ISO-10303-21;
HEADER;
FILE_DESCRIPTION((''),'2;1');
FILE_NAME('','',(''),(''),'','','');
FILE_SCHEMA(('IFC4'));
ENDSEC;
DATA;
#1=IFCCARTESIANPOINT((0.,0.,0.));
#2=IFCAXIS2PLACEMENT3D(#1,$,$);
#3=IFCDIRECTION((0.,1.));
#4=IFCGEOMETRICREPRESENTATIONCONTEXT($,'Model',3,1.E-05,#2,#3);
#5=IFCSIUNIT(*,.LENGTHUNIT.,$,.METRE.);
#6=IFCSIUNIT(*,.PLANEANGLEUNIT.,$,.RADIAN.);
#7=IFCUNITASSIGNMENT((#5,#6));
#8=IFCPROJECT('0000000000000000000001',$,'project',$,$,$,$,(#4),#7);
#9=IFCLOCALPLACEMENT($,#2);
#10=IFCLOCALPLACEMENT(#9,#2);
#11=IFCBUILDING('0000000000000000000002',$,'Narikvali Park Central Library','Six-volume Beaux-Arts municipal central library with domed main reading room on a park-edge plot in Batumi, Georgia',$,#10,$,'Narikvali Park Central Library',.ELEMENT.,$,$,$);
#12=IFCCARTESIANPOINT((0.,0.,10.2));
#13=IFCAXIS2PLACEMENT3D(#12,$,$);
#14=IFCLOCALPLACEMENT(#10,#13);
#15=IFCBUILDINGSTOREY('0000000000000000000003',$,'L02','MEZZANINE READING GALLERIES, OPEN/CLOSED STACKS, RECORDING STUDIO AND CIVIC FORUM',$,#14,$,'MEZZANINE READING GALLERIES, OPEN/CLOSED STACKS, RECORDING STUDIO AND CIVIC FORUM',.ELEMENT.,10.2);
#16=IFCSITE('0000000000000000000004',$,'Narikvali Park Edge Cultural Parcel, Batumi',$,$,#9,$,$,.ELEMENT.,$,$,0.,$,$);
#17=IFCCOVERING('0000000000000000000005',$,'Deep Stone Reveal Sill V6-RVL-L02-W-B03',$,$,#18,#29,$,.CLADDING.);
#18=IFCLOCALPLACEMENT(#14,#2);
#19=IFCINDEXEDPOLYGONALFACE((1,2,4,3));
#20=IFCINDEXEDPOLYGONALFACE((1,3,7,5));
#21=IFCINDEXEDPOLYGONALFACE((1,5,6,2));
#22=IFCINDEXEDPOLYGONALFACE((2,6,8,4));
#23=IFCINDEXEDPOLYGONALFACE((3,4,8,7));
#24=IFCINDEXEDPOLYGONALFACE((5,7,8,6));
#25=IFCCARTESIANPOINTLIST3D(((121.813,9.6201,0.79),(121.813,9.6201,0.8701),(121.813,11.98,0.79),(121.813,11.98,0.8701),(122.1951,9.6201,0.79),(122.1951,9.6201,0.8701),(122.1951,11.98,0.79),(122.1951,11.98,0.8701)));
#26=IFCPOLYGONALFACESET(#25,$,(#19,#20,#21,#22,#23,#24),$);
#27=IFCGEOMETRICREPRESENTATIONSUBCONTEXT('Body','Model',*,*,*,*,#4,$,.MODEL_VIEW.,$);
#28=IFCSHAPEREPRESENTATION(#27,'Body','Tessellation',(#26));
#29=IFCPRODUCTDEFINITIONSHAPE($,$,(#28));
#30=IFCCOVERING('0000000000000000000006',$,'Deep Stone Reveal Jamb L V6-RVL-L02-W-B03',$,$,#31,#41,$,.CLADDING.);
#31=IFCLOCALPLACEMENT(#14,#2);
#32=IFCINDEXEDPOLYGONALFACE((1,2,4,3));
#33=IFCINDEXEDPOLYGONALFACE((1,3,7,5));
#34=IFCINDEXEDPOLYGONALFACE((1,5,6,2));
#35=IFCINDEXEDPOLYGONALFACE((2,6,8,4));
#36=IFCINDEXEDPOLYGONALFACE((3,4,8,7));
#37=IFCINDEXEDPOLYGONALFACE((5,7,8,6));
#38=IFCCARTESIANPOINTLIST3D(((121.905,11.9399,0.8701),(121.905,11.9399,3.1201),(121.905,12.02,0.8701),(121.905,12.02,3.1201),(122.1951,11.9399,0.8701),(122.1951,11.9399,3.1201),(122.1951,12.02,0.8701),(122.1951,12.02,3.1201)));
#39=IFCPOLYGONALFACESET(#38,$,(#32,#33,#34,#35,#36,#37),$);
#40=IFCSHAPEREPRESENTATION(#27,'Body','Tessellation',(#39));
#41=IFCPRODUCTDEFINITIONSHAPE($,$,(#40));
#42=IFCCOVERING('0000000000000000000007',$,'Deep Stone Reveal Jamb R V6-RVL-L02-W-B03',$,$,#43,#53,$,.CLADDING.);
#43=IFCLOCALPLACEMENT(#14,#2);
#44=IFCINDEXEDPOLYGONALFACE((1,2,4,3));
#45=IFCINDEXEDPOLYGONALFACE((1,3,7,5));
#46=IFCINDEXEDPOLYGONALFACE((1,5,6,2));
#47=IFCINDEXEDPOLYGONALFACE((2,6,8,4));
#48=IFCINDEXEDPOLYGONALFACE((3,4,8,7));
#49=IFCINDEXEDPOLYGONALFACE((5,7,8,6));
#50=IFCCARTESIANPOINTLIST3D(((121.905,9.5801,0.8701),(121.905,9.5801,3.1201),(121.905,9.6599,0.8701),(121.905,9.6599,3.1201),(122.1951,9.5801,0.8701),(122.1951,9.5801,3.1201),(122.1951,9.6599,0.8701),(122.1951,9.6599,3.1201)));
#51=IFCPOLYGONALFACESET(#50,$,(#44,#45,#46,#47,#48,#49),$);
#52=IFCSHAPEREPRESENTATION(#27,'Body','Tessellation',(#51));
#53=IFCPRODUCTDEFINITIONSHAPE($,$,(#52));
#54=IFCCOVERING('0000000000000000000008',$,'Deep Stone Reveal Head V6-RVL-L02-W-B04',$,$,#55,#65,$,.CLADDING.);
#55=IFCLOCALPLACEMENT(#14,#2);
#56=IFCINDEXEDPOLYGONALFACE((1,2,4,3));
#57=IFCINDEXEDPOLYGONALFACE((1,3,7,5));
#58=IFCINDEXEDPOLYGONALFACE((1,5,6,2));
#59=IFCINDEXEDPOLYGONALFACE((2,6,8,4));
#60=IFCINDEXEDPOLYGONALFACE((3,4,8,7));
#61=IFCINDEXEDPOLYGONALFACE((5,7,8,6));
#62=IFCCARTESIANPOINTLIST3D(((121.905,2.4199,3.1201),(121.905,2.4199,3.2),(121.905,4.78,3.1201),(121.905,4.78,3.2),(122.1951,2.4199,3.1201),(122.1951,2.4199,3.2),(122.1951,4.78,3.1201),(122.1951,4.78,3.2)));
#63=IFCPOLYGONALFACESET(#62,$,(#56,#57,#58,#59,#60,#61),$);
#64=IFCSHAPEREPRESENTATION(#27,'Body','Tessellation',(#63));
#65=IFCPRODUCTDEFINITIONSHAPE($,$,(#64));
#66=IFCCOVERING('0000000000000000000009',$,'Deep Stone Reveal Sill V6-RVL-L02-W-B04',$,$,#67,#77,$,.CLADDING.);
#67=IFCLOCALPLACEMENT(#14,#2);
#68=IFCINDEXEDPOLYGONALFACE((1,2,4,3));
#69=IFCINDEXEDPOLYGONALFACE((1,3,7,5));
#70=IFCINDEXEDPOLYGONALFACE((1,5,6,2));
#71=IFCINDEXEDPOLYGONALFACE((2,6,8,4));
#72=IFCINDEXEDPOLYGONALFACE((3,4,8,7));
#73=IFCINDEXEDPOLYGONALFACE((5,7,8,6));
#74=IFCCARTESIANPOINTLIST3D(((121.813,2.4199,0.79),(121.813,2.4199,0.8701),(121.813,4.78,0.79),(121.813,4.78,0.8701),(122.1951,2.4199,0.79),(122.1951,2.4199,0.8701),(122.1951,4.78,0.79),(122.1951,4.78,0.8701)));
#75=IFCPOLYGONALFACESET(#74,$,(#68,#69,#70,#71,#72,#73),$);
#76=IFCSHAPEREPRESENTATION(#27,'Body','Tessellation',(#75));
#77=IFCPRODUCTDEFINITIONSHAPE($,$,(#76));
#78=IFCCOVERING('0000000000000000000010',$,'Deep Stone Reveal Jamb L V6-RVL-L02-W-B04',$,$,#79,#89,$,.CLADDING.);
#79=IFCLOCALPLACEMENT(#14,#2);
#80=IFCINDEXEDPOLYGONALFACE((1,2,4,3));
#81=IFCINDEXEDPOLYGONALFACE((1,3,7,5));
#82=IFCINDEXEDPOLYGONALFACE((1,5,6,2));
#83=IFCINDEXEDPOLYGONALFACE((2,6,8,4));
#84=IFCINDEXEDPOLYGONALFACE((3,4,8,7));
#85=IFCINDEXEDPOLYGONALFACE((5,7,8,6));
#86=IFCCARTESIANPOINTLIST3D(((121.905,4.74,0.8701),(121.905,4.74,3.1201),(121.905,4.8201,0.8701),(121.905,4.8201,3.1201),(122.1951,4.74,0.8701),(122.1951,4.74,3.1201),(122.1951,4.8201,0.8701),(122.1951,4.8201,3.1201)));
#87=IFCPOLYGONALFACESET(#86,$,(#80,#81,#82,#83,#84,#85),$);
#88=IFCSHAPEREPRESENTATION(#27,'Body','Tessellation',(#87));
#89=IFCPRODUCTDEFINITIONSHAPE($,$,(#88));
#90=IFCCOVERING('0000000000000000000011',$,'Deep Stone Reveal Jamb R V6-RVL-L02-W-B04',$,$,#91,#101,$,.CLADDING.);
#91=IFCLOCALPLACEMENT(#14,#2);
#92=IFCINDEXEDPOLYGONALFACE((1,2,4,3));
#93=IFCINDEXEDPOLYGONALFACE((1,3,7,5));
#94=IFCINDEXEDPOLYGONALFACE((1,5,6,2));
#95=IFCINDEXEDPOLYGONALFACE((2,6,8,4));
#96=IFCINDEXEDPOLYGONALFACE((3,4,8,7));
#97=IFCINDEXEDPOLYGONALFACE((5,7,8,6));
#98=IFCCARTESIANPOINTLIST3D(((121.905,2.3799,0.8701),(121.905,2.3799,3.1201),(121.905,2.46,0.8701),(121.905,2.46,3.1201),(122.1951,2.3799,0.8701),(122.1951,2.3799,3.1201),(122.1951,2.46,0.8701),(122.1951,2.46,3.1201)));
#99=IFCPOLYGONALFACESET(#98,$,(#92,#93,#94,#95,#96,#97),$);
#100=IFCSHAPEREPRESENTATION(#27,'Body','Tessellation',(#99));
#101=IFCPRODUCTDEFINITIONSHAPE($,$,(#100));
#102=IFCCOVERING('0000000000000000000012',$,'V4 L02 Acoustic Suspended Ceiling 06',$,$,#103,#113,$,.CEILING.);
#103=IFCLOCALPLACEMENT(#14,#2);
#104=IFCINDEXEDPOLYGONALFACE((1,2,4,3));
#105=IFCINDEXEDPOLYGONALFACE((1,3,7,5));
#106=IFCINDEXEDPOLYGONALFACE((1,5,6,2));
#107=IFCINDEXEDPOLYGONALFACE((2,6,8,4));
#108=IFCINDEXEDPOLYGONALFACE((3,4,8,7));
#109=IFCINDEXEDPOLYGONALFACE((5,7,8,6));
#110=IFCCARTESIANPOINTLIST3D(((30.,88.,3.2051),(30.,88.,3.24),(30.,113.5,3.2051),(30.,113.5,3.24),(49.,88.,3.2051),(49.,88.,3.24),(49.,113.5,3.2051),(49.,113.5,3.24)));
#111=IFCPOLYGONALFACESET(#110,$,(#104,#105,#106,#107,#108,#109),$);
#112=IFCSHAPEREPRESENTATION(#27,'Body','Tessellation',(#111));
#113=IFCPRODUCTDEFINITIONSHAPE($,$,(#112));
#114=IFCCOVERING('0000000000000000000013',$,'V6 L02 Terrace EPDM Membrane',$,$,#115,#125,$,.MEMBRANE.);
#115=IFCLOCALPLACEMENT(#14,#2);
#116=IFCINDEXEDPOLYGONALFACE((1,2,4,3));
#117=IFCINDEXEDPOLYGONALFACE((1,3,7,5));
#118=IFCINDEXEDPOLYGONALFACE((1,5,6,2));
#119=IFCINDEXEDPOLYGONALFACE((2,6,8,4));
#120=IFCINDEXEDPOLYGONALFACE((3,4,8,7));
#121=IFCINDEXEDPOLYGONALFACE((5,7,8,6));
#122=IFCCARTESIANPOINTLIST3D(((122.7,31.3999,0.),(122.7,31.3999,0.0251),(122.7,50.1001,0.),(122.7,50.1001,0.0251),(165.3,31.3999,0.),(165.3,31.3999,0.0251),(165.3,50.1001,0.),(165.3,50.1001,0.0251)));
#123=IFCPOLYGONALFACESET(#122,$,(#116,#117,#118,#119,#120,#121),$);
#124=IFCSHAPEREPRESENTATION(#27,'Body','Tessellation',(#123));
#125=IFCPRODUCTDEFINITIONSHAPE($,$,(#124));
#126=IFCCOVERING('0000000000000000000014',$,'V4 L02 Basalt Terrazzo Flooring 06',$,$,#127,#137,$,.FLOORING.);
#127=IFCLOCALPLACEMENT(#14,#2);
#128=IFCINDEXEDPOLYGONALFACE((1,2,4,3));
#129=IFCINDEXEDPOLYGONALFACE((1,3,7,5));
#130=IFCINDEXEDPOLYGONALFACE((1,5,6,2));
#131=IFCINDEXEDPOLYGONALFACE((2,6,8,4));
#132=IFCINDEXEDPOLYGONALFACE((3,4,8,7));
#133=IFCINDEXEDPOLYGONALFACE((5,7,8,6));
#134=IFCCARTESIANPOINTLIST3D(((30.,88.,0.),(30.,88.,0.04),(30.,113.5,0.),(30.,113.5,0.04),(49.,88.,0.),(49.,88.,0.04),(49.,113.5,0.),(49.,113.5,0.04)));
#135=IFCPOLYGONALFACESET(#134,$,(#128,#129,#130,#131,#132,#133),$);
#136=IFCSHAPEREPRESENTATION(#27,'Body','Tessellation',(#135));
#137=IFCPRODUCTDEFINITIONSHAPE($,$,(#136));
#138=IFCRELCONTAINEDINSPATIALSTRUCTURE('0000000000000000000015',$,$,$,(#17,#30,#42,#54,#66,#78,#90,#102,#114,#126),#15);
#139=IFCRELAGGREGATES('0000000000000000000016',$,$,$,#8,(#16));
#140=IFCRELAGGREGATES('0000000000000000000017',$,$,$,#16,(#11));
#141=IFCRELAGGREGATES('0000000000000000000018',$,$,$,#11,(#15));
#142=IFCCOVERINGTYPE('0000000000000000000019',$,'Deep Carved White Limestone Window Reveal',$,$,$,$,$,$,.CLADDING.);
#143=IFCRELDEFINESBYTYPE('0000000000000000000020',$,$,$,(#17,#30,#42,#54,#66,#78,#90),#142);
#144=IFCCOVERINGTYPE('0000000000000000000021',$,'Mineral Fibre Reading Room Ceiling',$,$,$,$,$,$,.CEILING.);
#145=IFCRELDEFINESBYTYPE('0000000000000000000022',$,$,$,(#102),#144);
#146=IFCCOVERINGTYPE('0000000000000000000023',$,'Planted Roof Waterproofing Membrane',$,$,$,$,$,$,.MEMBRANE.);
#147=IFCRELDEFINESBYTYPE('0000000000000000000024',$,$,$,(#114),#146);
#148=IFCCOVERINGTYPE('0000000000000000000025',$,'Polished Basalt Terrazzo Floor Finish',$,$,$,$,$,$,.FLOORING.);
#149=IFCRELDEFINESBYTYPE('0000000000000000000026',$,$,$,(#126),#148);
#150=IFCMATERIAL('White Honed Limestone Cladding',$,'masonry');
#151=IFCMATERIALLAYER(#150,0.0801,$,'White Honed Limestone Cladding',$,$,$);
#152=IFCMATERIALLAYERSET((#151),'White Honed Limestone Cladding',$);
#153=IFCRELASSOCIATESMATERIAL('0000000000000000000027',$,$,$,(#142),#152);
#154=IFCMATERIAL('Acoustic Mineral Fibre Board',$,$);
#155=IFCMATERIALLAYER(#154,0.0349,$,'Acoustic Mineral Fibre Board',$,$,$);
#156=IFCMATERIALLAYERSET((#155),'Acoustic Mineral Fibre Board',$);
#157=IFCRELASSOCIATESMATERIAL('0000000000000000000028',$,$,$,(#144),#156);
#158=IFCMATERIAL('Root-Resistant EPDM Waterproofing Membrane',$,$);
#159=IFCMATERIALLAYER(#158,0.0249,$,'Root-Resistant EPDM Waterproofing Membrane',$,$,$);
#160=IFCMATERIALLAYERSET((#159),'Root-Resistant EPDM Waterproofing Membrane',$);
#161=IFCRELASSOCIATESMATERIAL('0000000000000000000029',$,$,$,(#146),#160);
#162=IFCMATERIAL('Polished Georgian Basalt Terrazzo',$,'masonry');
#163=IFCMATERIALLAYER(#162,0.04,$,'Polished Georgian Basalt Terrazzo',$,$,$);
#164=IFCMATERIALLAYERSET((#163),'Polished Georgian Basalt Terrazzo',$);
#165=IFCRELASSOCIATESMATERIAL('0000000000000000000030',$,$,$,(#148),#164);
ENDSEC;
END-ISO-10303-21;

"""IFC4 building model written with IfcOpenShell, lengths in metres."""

from ifc_helpers import new_model, si_unit, direction, frame, origin, place, context, subcontext, project, spatial, polyline, outline, extrude, material, layer, layer_set, type_object, element, save


model = new_model("IFC4")

# Units and contexts
model_context = context("Model", 3, precision=1e-05, world=origin(), true_north=direction((0.0, 1.0)))
body_context = subcontext(model_context, "Body", "Model", "MODEL_VIEW")
ifc_project = project(units=[si_unit("LENGTHUNIT", "METRE"), si_unit("PLANEANGLEUNIT", "RADIAN")], contexts=[model_context])

# Site, building, storey
site_placement = place(None, origin())
site = spatial("IfcSite", under=ifc_project, at=site_placement, Name="Narikvali Park Edge Cultural Parcel, Batumi", CompositionType="ELEMENT", RefElevation=0.0)
building_placement = place(site_placement, origin())
building = spatial("IfcBuilding", under=site, at=building_placement, Name="Narikvali Park Central Library", Description="Six-volume Beaux-Arts municipal central library with domed main reading room on a park-edge plot in Batumi, Georgia", LongName="Narikvali Park Central Library", CompositionType="ELEMENT")
storey_placement = place(building_placement, frame((0.0, 0.0, 10.2)))
storey = spatial("IfcBuildingStorey", under=building, at=storey_placement, Name="L02", Description="MEZZANINE READING GALLERIES, OPEN/CLOSED STACKS, RECORDING STUDIO AND CIVIC FORUM", LongName="MEZZANINE READING GALLERIES, OPEN/CLOSED STACKS, RECORDING STUDIO AND CIVIC FORUM", CompositionType="ELEMENT", Elevation=10.2)

# Coverings
ifc_material_1 = material(Name="White Honed Limestone Cladding", Category="masonry")
ifc_layer_1 = layer(ifc_material_1, 0.0801, Name="White Honed Limestone Cladding")
ifc_layer_set_1 = layer_set([ifc_layer_1], Name="White Honed Limestone Cladding")
covering_type_1 = type_object("IfcCoveringType", Name="Deep Carved White Limestone Window Reveal", PredefinedType="CLADDING", material=ifc_layer_set_1)
covering_1_placement = place(storey_placement, frame((0.0, 0.0, 0.79)))
element("IfcCovering", 1, at=covering_1_placement, inside=storey, type_object=covering_type_1, Name="Deep Stone Reveal Sill V6-RVL-L02-W-B03", PredefinedType="CLADDING", context=body_context, shape_type="SweptSolid", body=[
    extrude(outline(polyline([(122.1951, 11.98), (122.1951, 9.6201), (121.813, 9.6201), (121.813, 11.98), (122.1951, 11.98)])), origin(), (0.0, 0.0, 1.0), 0.0801),
])
covering_2_placement = place(storey_placement, frame((0.0, 0.0, 0.8701)))
element("IfcCovering", 2, at=covering_2_placement, inside=storey, type_object=covering_type_1, Name="Deep Stone Reveal Jamb L V6-RVL-L02-W-B03", PredefinedType="CLADDING", context=body_context, shape_type="SweptSolid", body=[
    extrude(outline(polyline([(122.1951, 12.02), (122.1951, 11.9399), (121.905, 11.9399), (121.905, 12.02), (122.1951, 12.02)])), origin(), (0.0, 0.0, 1.0), 2.25),
])
covering_3_placement = place(storey_placement, frame((0.0, 0.0, 0.8701)))
element("IfcCovering", 3, at=covering_3_placement, inside=storey, type_object=covering_type_1, Name="Deep Stone Reveal Jamb R V6-RVL-L02-W-B03", PredefinedType="CLADDING", context=body_context, shape_type="SweptSolid", body=[
    extrude(outline(polyline([(122.1951, 9.6599), (122.1951, 9.5801), (121.905, 9.5801), (121.905, 9.6599), (122.1951, 9.6599)])), origin(), (0.0, 0.0, 1.0), 2.25),
])
covering_4_placement = place(storey_placement, frame((0.0, 0.0, 3.1201)))
element("IfcCovering", 4, at=covering_4_placement, inside=storey, type_object=covering_type_1, Name="Deep Stone Reveal Head V6-RVL-L02-W-B04", PredefinedType="CLADDING", context=body_context, shape_type="SweptSolid", body=[
    extrude(outline(polyline([(122.1951, 4.78), (122.1951, 2.4199), (121.905, 2.4199), (121.905, 4.78), (122.1951, 4.78)])), origin(), (0.0, 0.0, 1.0), 0.0798),
])
covering_5_placement = place(storey_placement, frame((0.0, 0.0, 0.79)))
element("IfcCovering", 5, at=covering_5_placement, inside=storey, type_object=covering_type_1, Name="Deep Stone Reveal Sill V6-RVL-L02-W-B04", PredefinedType="CLADDING", context=body_context, shape_type="SweptSolid", body=[
    extrude(outline(polyline([(122.1951, 4.78), (122.1951, 2.4199), (121.813, 2.4199), (121.813, 4.78), (122.1951, 4.78)])), origin(), (0.0, 0.0, 1.0), 0.0801),
])
covering_6_placement = place(storey_placement, frame((0.0, 0.0, 0.8701)))
element("IfcCovering", 6, at=covering_6_placement, inside=storey, type_object=covering_type_1, Name="Deep Stone Reveal Jamb L V6-RVL-L02-W-B04", PredefinedType="CLADDING", context=body_context, shape_type="SweptSolid", body=[
    extrude(outline(polyline([(122.1951, 4.8201), (122.1951, 4.74), (121.905, 4.74), (121.905, 4.8201), (122.1951, 4.8201)])), origin(), (0.0, 0.0, 1.0), 2.25),
])
covering_7_placement = place(storey_placement, frame((0.0, 0.0, 0.8701)))
element("IfcCovering", 7, at=covering_7_placement, inside=storey, type_object=covering_type_1, Name="Deep Stone Reveal Jamb R V6-RVL-L02-W-B04", PredefinedType="CLADDING", context=body_context, shape_type="SweptSolid", body=[
    extrude(outline(polyline([(122.1951, 2.46), (122.1951, 2.3799), (121.905, 2.3799), (121.905, 2.46), (122.1951, 2.46)])), origin(), (0.0, 0.0, 1.0), 2.25),
])
ifc_material_2 = material(Name="Acoustic Mineral Fibre Board")
ifc_layer_2 = layer(ifc_material_2, 0.0349, Name="Acoustic Mineral Fibre Board")
ifc_layer_set_2 = layer_set([ifc_layer_2], Name="Acoustic Mineral Fibre Board")
covering_type_2 = type_object("IfcCoveringType", Name="Mineral Fibre Reading Room Ceiling", PredefinedType="CEILING", material=ifc_layer_set_2)
covering_8_placement = place(storey_placement, frame((0.0, 0.0, 3.2051)))
element("IfcCovering", 8, at=covering_8_placement, inside=storey, type_object=covering_type_2, Name="V4 L02 Acoustic Suspended Ceiling 06", PredefinedType="CEILING", context=body_context, shape_type="SweptSolid", body=[
    extrude(outline(polyline([(30.0, 88.0), (49.0, 88.0), (49.0, 113.5), (30.0, 113.5), (30.0, 88.0)])), origin(), (0.0, 0.0, 1.0), 0.0349),
])
ifc_material_3 = material(Name="Root-Resistant EPDM Waterproofing Membrane")
ifc_layer_3 = layer(ifc_material_3, 0.0249, Name="Root-Resistant EPDM Waterproofing Membrane")
ifc_layer_set_3 = layer_set([ifc_layer_3], Name="Root-Resistant EPDM Waterproofing Membrane")
covering_type_3 = type_object("IfcCoveringType", Name="Planted Roof Waterproofing Membrane", PredefinedType="MEMBRANE", material=ifc_layer_set_3)
covering_9_placement = place(storey_placement, origin())
element("IfcCovering", 9, at=covering_9_placement, inside=storey, type_object=covering_type_3, Name="V6 L02 Terrace EPDM Membrane", PredefinedType="MEMBRANE", context=body_context, shape_type="SweptSolid", body=[
    extrude(outline(polyline([(122.7, 31.3999), (165.3, 31.3999), (165.3, 50.1001), (122.7, 50.1001), (122.7, 31.3999)])), origin(), (0.0, 0.0, 1.0), 0.0251),
])
ifc_material_4 = material(Name="Polished Georgian Basalt Terrazzo", Category="masonry")
ifc_layer_4 = layer(ifc_material_4, 0.04, Name="Polished Georgian Basalt Terrazzo")
ifc_layer_set_4 = layer_set([ifc_layer_4], Name="Polished Georgian Basalt Terrazzo")
covering_type_4 = type_object("IfcCoveringType", Name="Polished Basalt Terrazzo Floor Finish", PredefinedType="FLOORING", material=ifc_layer_set_4)
covering_10_placement = place(storey_placement, origin())
element("IfcCovering", 10, at=covering_10_placement, inside=storey, type_object=covering_type_4, Name="V4 L02 Basalt Terrazzo Flooring 06", PredefinedType="FLOORING", context=body_context, shape_type="SweptSolid", body=[
    extrude(outline(polyline([(30.0, 88.0), (49.0, 88.0), (49.0, 113.5), (30.0, 113.5), (30.0, 88.0)])), origin(), (0.0, 0.0, 1.0), 0.04),
])

save(model, "model.ifc")
